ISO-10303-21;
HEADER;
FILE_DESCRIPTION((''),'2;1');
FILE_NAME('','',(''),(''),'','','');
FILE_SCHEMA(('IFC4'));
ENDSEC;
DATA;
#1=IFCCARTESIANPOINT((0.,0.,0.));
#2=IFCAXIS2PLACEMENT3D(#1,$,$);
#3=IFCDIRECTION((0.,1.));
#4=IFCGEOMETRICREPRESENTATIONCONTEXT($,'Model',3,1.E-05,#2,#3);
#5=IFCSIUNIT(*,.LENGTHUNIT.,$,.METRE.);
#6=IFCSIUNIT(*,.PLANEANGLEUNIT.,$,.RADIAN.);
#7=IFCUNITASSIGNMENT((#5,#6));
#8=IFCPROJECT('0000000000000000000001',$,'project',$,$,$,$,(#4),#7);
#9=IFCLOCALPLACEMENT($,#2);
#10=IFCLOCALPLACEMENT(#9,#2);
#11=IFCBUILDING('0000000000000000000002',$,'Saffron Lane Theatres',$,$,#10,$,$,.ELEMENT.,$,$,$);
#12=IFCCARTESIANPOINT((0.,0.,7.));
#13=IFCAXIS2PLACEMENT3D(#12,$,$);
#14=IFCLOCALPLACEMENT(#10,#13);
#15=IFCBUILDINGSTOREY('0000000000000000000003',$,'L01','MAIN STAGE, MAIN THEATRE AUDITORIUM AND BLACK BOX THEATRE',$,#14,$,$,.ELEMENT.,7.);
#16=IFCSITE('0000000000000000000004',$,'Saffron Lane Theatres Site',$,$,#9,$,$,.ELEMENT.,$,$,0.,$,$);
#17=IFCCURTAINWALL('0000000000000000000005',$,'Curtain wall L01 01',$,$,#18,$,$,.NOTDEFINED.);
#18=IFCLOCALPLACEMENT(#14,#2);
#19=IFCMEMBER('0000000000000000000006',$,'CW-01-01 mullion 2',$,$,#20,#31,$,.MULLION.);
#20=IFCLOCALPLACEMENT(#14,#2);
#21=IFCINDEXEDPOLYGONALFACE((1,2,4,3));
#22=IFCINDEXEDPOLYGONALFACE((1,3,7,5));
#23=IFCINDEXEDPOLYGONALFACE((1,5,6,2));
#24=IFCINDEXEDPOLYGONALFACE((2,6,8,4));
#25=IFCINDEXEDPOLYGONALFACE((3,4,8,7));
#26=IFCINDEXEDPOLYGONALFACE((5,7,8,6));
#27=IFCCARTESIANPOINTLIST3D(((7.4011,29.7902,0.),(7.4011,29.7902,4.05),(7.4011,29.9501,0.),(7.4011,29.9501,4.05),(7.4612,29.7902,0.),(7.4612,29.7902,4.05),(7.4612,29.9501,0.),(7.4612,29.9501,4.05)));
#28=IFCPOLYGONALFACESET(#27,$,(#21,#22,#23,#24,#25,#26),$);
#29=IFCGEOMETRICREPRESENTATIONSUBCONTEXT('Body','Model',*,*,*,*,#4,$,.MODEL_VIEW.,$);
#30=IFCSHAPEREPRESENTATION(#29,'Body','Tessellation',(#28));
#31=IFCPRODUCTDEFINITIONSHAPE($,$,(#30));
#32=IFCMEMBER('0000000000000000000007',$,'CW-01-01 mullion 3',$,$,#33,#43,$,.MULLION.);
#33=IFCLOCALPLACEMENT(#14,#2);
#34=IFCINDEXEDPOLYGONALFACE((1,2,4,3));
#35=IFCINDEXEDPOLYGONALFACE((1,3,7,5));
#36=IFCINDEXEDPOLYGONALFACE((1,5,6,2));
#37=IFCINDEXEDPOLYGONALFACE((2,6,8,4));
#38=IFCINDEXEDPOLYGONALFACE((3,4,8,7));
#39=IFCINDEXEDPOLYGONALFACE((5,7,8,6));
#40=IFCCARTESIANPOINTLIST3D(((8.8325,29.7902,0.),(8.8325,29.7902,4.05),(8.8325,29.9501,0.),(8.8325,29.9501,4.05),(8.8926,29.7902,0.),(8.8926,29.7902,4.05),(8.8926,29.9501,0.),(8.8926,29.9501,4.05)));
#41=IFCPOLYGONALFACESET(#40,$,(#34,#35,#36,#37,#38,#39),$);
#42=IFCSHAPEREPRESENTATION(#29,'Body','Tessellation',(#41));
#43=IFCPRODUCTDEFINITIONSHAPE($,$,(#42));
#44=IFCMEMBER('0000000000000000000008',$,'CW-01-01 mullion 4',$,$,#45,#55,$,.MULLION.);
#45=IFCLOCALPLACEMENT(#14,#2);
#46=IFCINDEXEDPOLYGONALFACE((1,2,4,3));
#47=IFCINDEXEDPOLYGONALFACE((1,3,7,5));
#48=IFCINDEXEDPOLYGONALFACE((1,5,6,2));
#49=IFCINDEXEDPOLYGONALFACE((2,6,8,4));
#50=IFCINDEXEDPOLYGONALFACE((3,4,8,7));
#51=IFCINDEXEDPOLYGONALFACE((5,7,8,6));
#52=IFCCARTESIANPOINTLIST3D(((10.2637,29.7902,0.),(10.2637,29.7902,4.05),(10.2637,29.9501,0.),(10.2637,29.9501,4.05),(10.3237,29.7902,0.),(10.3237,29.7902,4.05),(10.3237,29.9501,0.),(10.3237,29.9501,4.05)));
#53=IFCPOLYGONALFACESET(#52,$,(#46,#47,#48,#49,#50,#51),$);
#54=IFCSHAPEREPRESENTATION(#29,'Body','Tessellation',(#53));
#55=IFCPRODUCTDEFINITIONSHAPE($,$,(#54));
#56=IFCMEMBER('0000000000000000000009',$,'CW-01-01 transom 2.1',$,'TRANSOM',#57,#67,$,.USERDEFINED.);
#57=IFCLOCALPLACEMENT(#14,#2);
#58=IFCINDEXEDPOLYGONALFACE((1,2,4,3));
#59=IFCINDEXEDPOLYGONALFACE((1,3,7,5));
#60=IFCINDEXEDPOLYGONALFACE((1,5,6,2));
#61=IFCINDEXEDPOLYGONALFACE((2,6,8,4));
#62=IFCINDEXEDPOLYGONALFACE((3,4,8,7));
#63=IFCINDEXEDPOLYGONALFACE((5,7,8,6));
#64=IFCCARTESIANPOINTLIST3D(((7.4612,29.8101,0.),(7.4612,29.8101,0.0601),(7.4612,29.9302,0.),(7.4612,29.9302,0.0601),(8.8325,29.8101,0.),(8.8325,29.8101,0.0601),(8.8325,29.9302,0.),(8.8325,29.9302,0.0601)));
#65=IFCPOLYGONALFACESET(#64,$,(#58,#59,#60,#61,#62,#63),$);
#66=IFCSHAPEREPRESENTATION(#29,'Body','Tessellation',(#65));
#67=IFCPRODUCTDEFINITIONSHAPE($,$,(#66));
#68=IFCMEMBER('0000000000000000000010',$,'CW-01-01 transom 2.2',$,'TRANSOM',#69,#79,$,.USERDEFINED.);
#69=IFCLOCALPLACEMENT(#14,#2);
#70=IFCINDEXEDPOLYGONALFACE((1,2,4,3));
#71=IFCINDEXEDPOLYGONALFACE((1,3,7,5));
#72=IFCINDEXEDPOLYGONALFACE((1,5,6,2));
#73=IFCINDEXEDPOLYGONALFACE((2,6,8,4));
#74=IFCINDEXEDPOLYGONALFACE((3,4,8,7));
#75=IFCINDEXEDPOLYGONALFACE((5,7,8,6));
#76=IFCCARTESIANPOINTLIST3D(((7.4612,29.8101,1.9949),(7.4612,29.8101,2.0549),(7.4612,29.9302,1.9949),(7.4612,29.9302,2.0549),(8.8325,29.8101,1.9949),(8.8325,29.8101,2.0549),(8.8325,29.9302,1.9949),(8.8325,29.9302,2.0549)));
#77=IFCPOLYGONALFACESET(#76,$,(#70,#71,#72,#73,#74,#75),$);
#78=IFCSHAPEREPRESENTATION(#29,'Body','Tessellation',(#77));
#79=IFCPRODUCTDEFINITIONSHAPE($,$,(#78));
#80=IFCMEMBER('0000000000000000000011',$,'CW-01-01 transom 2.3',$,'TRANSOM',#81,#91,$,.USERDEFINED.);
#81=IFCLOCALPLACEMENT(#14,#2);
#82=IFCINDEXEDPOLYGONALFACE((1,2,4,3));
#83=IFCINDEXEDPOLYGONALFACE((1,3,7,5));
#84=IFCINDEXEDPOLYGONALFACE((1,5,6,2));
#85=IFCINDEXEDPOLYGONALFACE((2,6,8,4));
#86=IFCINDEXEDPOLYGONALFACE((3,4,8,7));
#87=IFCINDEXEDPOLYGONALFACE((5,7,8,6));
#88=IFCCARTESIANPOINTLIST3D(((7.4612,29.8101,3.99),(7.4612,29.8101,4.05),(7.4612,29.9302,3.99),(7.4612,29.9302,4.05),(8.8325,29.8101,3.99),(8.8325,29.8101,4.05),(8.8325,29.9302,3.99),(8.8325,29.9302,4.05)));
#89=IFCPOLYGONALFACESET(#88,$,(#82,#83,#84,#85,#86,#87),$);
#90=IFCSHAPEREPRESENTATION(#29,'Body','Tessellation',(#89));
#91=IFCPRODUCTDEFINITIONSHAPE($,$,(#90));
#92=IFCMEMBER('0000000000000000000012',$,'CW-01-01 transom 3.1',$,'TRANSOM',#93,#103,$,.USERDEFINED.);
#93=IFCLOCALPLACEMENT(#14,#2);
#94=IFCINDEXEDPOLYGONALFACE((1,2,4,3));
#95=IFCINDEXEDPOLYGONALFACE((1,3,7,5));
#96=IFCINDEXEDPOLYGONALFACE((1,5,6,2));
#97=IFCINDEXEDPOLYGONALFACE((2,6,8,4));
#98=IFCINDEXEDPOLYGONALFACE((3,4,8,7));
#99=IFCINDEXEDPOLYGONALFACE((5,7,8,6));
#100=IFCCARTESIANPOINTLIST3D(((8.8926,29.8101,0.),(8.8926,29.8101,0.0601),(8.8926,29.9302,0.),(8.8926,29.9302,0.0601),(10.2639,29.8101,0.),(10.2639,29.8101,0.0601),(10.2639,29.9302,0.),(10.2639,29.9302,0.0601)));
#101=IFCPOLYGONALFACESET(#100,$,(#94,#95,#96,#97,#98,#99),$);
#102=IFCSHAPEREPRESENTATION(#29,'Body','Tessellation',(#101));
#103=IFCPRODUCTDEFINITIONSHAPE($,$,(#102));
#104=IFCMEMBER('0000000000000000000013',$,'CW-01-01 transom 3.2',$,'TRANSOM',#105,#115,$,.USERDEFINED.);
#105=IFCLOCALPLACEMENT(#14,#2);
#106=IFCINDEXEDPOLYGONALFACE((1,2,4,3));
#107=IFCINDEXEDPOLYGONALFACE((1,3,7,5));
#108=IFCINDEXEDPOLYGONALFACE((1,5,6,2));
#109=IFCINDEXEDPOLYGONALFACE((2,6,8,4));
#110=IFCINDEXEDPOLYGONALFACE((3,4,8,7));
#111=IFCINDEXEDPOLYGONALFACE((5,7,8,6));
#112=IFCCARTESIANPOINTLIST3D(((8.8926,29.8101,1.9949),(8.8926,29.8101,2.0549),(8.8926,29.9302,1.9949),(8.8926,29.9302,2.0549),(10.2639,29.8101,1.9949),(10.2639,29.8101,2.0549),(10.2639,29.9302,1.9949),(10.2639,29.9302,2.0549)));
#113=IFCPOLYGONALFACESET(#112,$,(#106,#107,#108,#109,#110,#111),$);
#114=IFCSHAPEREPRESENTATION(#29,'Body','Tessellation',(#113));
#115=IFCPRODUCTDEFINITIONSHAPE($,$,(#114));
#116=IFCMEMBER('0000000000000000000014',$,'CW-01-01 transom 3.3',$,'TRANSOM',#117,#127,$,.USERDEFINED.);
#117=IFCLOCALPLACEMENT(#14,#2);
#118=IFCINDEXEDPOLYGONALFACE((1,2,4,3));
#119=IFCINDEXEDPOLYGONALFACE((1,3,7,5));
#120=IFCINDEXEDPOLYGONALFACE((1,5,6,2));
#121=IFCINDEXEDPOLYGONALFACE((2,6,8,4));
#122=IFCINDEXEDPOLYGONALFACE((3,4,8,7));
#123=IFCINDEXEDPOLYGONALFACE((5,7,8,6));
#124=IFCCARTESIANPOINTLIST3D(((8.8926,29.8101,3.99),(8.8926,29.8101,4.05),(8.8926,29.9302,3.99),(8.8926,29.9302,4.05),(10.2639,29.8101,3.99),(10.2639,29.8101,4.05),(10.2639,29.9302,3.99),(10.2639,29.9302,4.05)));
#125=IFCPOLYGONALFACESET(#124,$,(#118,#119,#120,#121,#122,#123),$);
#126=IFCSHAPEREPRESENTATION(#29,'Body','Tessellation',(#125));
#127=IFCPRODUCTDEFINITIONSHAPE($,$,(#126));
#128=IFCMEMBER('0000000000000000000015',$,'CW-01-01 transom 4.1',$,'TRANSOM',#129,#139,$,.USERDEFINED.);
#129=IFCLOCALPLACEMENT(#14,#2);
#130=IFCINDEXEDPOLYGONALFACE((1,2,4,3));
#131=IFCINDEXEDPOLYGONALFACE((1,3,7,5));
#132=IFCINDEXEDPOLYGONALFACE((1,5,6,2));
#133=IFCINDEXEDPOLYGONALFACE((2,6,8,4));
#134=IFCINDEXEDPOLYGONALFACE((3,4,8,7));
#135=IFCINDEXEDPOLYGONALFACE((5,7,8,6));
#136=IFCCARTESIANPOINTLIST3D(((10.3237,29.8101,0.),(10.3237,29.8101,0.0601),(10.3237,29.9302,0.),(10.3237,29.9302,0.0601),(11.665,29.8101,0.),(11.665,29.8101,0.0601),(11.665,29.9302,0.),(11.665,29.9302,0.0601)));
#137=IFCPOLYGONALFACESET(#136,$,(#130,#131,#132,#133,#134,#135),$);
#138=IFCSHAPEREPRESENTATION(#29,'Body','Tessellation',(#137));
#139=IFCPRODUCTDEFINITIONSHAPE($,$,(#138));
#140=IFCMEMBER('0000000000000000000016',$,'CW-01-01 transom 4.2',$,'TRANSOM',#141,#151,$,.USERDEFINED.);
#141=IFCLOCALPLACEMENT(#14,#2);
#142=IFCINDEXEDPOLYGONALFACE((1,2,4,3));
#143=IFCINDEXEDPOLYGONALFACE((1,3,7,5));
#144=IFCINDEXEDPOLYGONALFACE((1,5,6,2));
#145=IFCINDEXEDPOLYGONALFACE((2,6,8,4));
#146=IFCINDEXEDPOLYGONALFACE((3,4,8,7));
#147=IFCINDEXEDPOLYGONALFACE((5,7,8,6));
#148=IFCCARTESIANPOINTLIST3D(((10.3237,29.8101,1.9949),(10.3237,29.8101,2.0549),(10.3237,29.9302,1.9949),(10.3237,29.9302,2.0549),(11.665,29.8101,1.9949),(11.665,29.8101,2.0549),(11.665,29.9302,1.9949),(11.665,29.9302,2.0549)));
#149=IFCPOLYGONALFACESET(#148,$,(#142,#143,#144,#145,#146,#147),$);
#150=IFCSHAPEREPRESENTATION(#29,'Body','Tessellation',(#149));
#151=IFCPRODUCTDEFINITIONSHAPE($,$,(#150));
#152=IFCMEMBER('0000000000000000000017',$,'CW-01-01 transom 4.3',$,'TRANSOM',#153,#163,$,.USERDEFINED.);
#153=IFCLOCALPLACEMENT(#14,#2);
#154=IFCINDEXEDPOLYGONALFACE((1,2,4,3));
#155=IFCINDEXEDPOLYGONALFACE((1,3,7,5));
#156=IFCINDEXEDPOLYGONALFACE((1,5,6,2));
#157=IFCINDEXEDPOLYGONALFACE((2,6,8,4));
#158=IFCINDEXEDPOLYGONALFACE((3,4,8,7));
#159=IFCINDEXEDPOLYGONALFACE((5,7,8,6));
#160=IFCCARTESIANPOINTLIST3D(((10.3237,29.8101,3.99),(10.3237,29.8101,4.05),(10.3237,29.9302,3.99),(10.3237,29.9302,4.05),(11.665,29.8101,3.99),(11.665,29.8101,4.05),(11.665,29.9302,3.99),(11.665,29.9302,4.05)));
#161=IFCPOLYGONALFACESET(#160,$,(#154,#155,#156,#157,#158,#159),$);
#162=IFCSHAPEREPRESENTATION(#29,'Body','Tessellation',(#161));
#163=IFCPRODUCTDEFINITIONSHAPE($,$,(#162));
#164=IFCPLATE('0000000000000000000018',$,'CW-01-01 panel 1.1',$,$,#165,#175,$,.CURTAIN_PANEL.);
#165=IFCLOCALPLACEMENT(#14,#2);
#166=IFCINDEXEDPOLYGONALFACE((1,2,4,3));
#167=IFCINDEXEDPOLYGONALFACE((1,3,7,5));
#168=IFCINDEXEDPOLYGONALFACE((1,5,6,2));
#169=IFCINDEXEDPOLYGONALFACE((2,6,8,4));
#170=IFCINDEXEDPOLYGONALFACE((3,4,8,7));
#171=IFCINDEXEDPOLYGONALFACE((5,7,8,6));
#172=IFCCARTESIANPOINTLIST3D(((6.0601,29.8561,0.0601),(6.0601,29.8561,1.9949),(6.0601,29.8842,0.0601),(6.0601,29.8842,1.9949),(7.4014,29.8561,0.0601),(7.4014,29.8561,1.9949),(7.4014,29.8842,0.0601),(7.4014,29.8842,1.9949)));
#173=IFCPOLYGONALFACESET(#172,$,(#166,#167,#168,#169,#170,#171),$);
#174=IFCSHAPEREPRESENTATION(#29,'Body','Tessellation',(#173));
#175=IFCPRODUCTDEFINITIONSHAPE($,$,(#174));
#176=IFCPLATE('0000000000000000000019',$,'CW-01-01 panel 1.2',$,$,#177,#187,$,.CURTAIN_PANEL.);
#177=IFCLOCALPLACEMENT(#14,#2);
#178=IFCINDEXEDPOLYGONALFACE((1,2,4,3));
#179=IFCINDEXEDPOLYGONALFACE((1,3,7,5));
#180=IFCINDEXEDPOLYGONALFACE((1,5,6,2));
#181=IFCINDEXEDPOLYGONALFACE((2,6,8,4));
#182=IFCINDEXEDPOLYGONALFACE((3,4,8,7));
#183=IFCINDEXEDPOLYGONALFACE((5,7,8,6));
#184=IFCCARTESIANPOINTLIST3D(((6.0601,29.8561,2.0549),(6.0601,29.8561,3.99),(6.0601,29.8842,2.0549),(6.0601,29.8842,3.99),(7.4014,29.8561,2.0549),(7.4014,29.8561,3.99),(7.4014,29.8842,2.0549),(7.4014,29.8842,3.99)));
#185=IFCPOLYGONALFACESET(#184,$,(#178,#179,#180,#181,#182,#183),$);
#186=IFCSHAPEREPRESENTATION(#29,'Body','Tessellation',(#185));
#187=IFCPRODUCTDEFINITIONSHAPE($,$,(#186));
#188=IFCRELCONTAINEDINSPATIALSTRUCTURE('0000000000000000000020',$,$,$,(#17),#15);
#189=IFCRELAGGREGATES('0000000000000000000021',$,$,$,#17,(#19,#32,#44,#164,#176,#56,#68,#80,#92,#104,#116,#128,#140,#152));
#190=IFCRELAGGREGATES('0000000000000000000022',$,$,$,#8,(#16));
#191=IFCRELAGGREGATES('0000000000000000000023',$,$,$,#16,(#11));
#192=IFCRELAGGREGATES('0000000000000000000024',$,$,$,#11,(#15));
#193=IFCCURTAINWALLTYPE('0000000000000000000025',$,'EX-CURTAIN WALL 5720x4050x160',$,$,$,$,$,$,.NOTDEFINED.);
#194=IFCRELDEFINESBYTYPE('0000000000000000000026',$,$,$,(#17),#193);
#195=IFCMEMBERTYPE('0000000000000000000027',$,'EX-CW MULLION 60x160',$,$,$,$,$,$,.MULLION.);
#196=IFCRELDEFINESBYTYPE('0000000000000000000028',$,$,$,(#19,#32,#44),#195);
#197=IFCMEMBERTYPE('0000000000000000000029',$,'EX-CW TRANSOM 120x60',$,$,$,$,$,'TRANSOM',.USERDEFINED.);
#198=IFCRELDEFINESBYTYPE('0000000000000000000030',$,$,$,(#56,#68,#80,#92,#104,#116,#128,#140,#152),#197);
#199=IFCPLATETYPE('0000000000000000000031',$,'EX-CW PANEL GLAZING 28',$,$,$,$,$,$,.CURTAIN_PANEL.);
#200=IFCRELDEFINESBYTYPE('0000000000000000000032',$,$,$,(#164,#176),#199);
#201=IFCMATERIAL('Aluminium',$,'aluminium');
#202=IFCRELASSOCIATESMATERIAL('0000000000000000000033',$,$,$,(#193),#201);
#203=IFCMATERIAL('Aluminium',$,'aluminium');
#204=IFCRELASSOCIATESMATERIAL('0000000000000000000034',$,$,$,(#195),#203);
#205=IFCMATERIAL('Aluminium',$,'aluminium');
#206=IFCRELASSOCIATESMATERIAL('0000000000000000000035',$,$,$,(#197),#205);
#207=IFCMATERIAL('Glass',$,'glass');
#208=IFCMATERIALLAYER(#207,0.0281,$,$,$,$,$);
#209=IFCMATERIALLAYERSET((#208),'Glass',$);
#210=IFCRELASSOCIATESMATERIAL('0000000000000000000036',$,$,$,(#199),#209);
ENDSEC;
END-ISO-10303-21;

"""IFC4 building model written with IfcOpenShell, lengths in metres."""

from ifc_helpers import new_model, si_unit, direction, frame, origin, origin_2d, place, context, subcontext, project, spatial, rectangle, extrude, material, layer, layer_set, material_profile, profile_set, type_object, element, aggregate, save


model = new_model("IFC4")

# Units and contexts
model_context = context("Model", 3, precision=1e-05, world=origin(), true_north=direction((0.0, 1.0)))
body_context = subcontext(model_context, "Body", "Model", "MODEL_VIEW")
ifc_project = project(units=[si_unit("LENGTHUNIT", "METRE"), si_unit("PLANEANGLEUNIT", "RADIAN")], contexts=[model_context])

# Site, building, storey
site_placement = place(None, origin())
site = spatial("IfcSite", under=ifc_project, at=site_placement, Name="Saffron Lane Theatres Site", CompositionType="ELEMENT", RefElevation=0.0)
building_placement = place(site_placement, origin())
building = spatial("IfcBuilding", under=site, at=building_placement, Name="Saffron Lane Theatres", CompositionType="ELEMENT")
storey_placement = place(building_placement, frame((0.0, 0.0, 7.0)))
storey = spatial("IfcBuildingStorey", under=building, at=storey_placement, Name="L01", Description="MAIN STAGE, MAIN THEATRE AUDITORIUM AND BLACK BOX THEATRE", CompositionType="ELEMENT", Elevation=7.0)

# Curtain wall, members, plates
ifc_material_1 = material(Name="Aluminium", Category="aluminium")
curtain_wall_type = type_object("IfcCurtainWallType", Name="EX-CURTAIN WALL 5720x4050x160", PredefinedType="NOTDEFINED", material=ifc_material_1)
curtain_wall_placement = place(storey_placement, origin())
curtain_wall = element("IfcCurtainWall", 1, at=curtain_wall_placement, inside=storey, type_object=curtain_wall_type, Name="Curtain wall L01 01", PredefinedType="NOTDEFINED")
ifc_material_2 = material(Name="Aluminium", Category="aluminium")
ifc_material_profile_1 = material_profile(ifc_material_2, rectangle(XDim=0.0601, YDim=0.1599, at=origin_2d()))
ifc_profile_set_1 = profile_set([ifc_material_profile_1], Name="Aluminium")
member_type_1 = type_object("IfcMemberType", Name="EX-CW MULLION 60x160", PredefinedType="MULLION", material=ifc_profile_set_1)
member_1_placement = place(storey_placement, frame((7.4312, 29.8701, 0.0), z_axis=(0.0, 0.0, 1.0), x_axis=(1.0, 0.0, 0.0)))
member_1 = element("IfcMember", 2, at=member_1_placement, type_object=member_type_1, Name="CW-01-01 mullion 2", PredefinedType="MULLION", context=body_context, shape_type="SweptSolid", body=[
    extrude(rectangle(XDim=0.0601, YDim=0.1599, at=origin_2d()), origin(), (0.0, 0.0, 1.0), 4.05),
])
member_2_placement = place(storey_placement, frame((8.8625, 29.8701, 0.0), z_axis=(0.0, 0.0, 1.0), x_axis=(1.0, 0.0, 0.0)))
member_2 = element("IfcMember", 3, at=member_2_placement, type_object=member_type_1, Name="CW-01-01 mullion 3", PredefinedType="MULLION", context=body_context, shape_type="SweptSolid", body=[
    extrude(rectangle(XDim=0.0601, YDim=0.1599, at=origin_2d()), origin(), (0.0, 0.0, 1.0), 4.05),
])
member_3_placement = place(storey_placement, frame((10.2937, 29.8701, 0.0), z_axis=(0.0, 0.0, 1.0), x_axis=(1.0, 0.0, 0.0)))
member_3 = element("IfcMember", 4, at=member_3_placement, type_object=member_type_1, Name="CW-01-01 mullion 4", PredefinedType="MULLION", context=body_context, shape_type="SweptSolid", body=[
    extrude(rectangle(XDim=0.0601, YDim=0.1599, at=origin_2d()), origin(), (0.0, 0.0, 1.0), 4.05),
])
ifc_material_3 = material(Name="Aluminium", Category="aluminium")
ifc_material_profile_2 = material_profile(ifc_material_3, rectangle(XDim=0.1201, YDim=0.0601, at=origin_2d()))
ifc_profile_set_2 = profile_set([ifc_material_profile_2], Name="Aluminium")
member_type_2 = type_object("IfcMemberType", Name="EX-CW TRANSOM 120x60", ElementType="TRANSOM", PredefinedType="USERDEFINED", material=ifc_profile_set_2)
member_4_placement = place(storey_placement, frame((7.4612, 29.8701, 0.03), z_axis=(1.0, 0.0, 0.0), x_axis=(0.0, 1.0, 0.0)))
member_4 = element("IfcMember", 5, at=member_4_placement, type_object=member_type_2, Name="CW-01-01 transom 2.1", ObjectType="TRANSOM", PredefinedType="USERDEFINED", context=body_context, shape_type="SweptSolid", body=[
    extrude(rectangle(XDim=0.1201, YDim=0.0601, at=origin_2d()), origin(), (0.0, 0.0, 1.0), 1.3713),
])
member_5_placement = place(storey_placement, frame((7.4612, 29.8701, 2.0249), z_axis=(1.0, 0.0, 0.0), x_axis=(0.0, 1.0, 0.0)))
member_5 = element("IfcMember", 6, at=member_5_placement, type_object=member_type_2, Name="CW-01-01 transom 2.2", ObjectType="TRANSOM", PredefinedType="USERDEFINED", context=body_context, shape_type="SweptSolid", body=[
    extrude(rectangle(XDim=0.1201, YDim=0.0601, at=origin_2d()), origin(), (0.0, 0.0, 1.0), 1.3713),
])
member_6_placement = place(storey_placement, frame((7.4612, 29.8701, 4.02), z_axis=(1.0, 0.0, 0.0), x_axis=(0.0, 1.0, 0.0)))
member_6 = element("IfcMember", 7, at=member_6_placement, type_object=member_type_2, Name="CW-01-01 transom 2.3", ObjectType="TRANSOM", PredefinedType="USERDEFINED", context=body_context, shape_type="SweptSolid", body=[
    extrude(rectangle(XDim=0.1201, YDim=0.0601, at=origin_2d()), origin(), (0.0, 0.0, 1.0), 1.3713),
])
member_7_placement = place(storey_placement, frame((8.8926, 29.8701, 0.03), z_axis=(1.0, 0.0, 0.0), x_axis=(0.0, 1.0, 0.0)))
member_7 = element("IfcMember", 8, at=member_7_placement, type_object=member_type_2, Name="CW-01-01 transom 3.1", ObjectType="TRANSOM", PredefinedType="USERDEFINED", context=body_context, shape_type="SweptSolid", body=[
    extrude(rectangle(XDim=0.1201, YDim=0.0601, at=origin_2d()), origin(), (0.0, 0.0, 1.0), 1.3713),
])
member_8_placement = place(storey_placement, frame((8.8926, 29.8701, 2.0249), z_axis=(1.0, 0.0, 0.0), x_axis=(0.0, 1.0, 0.0)))
member_8 = element("IfcMember", 9, at=member_8_placement, type_object=member_type_2, Name="CW-01-01 transom 3.2", ObjectType="TRANSOM", PredefinedType="USERDEFINED", context=body_context, shape_type="SweptSolid", body=[
    extrude(rectangle(XDim=0.1201, YDim=0.0601, at=origin_2d()), origin(), (0.0, 0.0, 1.0), 1.3713),
])
member_9_placement = place(storey_placement, frame((8.8926, 29.8701, 4.02), z_axis=(1.0, 0.0, 0.0), x_axis=(0.0, 1.0, 0.0)))
member_9 = element("IfcMember", 10, at=member_9_placement, type_object=member_type_2, Name="CW-01-01 transom 3.3", ObjectType="TRANSOM", PredefinedType="USERDEFINED", context=body_context, shape_type="SweptSolid", body=[
    extrude(rectangle(XDim=0.1201, YDim=0.0601, at=origin_2d()), origin(), (0.0, 0.0, 1.0), 1.3713),
])
member_10_placement = place(storey_placement, frame((10.3237, 29.8701, 0.03), z_axis=(1.0, 0.0, 0.0), x_axis=(0.0, 1.0, 0.0)))
member_10 = element("IfcMember", 11, at=member_10_placement, type_object=member_type_2, Name="CW-01-01 transom 4.1", ObjectType="TRANSOM", PredefinedType="USERDEFINED", context=body_context, shape_type="SweptSolid", body=[
    extrude(rectangle(XDim=0.1201, YDim=0.0601, at=origin_2d()), origin(), (0.0, 0.0, 1.0), 1.3413),
])
member_11_placement = place(storey_placement, frame((10.3237, 29.8701, 2.0249), z_axis=(1.0, 0.0, 0.0), x_axis=(0.0, 1.0, 0.0)))
member_11 = element("IfcMember", 12, at=member_11_placement, type_object=member_type_2, Name="CW-01-01 transom 4.2", ObjectType="TRANSOM", PredefinedType="USERDEFINED", context=body_context, shape_type="SweptSolid", body=[
    extrude(rectangle(XDim=0.1201, YDim=0.0601, at=origin_2d()), origin(), (0.0, 0.0, 1.0), 1.3413),
])
member_12_placement = place(storey_placement, frame((10.3237, 29.8701, 4.02), z_axis=(1.0, 0.0, 0.0), x_axis=(0.0, 1.0, 0.0)))
member_12 = element("IfcMember", 13, at=member_12_placement, type_object=member_type_2, Name="CW-01-01 transom 4.3", ObjectType="TRANSOM", PredefinedType="USERDEFINED", context=body_context, shape_type="SweptSolid", body=[
    extrude(rectangle(XDim=0.1201, YDim=0.0601, at=origin_2d()), origin(), (0.0, 0.0, 1.0), 1.3413),
])
ifc_material_4 = material(Name="Glass", Category="glass")
ifc_layer = layer(ifc_material_4, 0.0281)
ifc_layer_set = layer_set([ifc_layer], Name="Glass")
plate_type = type_object("IfcPlateType", Name="EX-CW PANEL GLAZING 28", PredefinedType="CURTAIN_PANEL", material=ifc_layer_set)
plate_1_placement = place(storey_placement, frame((6.7307, 29.8701, 0.0601), z_axis=(0.0, 0.0, 1.0), x_axis=(1.0, 0.0, 0.0)))
plate_1 = element("IfcPlate", 14, at=plate_1_placement, type_object=plate_type, Name="CW-01-01 panel 1.1", PredefinedType="CURTAIN_PANEL", context=body_context, shape_type="SweptSolid", body=[
    extrude(rectangle(XDim=1.3413, YDim=0.0281, at=origin_2d()), origin(), (0.0, 0.0, 1.0), 1.9348),
])
plate_2_placement = place(storey_placement, frame((6.7307, 29.8701, 2.0549), z_axis=(0.0, 0.0, 1.0), x_axis=(1.0, 0.0, 0.0)))
plate_2 = element("IfcPlate", 15, at=plate_2_placement, type_object=plate_type, Name="CW-01-01 panel 1.2", PredefinedType="CURTAIN_PANEL", context=body_context, shape_type="SweptSolid", body=[
    extrude(rectangle(XDim=1.3413, YDim=0.0281, at=origin_2d()), origin(), (0.0, 0.0, 1.0), 1.9351),
])
aggregate(curtain_wall, [member_1, member_2, member_3, plate_1, plate_2, member_4, member_5, member_6, member_7, member_8, member_9, member_10, member_11, member_12])

save(model, "model.ifc")
